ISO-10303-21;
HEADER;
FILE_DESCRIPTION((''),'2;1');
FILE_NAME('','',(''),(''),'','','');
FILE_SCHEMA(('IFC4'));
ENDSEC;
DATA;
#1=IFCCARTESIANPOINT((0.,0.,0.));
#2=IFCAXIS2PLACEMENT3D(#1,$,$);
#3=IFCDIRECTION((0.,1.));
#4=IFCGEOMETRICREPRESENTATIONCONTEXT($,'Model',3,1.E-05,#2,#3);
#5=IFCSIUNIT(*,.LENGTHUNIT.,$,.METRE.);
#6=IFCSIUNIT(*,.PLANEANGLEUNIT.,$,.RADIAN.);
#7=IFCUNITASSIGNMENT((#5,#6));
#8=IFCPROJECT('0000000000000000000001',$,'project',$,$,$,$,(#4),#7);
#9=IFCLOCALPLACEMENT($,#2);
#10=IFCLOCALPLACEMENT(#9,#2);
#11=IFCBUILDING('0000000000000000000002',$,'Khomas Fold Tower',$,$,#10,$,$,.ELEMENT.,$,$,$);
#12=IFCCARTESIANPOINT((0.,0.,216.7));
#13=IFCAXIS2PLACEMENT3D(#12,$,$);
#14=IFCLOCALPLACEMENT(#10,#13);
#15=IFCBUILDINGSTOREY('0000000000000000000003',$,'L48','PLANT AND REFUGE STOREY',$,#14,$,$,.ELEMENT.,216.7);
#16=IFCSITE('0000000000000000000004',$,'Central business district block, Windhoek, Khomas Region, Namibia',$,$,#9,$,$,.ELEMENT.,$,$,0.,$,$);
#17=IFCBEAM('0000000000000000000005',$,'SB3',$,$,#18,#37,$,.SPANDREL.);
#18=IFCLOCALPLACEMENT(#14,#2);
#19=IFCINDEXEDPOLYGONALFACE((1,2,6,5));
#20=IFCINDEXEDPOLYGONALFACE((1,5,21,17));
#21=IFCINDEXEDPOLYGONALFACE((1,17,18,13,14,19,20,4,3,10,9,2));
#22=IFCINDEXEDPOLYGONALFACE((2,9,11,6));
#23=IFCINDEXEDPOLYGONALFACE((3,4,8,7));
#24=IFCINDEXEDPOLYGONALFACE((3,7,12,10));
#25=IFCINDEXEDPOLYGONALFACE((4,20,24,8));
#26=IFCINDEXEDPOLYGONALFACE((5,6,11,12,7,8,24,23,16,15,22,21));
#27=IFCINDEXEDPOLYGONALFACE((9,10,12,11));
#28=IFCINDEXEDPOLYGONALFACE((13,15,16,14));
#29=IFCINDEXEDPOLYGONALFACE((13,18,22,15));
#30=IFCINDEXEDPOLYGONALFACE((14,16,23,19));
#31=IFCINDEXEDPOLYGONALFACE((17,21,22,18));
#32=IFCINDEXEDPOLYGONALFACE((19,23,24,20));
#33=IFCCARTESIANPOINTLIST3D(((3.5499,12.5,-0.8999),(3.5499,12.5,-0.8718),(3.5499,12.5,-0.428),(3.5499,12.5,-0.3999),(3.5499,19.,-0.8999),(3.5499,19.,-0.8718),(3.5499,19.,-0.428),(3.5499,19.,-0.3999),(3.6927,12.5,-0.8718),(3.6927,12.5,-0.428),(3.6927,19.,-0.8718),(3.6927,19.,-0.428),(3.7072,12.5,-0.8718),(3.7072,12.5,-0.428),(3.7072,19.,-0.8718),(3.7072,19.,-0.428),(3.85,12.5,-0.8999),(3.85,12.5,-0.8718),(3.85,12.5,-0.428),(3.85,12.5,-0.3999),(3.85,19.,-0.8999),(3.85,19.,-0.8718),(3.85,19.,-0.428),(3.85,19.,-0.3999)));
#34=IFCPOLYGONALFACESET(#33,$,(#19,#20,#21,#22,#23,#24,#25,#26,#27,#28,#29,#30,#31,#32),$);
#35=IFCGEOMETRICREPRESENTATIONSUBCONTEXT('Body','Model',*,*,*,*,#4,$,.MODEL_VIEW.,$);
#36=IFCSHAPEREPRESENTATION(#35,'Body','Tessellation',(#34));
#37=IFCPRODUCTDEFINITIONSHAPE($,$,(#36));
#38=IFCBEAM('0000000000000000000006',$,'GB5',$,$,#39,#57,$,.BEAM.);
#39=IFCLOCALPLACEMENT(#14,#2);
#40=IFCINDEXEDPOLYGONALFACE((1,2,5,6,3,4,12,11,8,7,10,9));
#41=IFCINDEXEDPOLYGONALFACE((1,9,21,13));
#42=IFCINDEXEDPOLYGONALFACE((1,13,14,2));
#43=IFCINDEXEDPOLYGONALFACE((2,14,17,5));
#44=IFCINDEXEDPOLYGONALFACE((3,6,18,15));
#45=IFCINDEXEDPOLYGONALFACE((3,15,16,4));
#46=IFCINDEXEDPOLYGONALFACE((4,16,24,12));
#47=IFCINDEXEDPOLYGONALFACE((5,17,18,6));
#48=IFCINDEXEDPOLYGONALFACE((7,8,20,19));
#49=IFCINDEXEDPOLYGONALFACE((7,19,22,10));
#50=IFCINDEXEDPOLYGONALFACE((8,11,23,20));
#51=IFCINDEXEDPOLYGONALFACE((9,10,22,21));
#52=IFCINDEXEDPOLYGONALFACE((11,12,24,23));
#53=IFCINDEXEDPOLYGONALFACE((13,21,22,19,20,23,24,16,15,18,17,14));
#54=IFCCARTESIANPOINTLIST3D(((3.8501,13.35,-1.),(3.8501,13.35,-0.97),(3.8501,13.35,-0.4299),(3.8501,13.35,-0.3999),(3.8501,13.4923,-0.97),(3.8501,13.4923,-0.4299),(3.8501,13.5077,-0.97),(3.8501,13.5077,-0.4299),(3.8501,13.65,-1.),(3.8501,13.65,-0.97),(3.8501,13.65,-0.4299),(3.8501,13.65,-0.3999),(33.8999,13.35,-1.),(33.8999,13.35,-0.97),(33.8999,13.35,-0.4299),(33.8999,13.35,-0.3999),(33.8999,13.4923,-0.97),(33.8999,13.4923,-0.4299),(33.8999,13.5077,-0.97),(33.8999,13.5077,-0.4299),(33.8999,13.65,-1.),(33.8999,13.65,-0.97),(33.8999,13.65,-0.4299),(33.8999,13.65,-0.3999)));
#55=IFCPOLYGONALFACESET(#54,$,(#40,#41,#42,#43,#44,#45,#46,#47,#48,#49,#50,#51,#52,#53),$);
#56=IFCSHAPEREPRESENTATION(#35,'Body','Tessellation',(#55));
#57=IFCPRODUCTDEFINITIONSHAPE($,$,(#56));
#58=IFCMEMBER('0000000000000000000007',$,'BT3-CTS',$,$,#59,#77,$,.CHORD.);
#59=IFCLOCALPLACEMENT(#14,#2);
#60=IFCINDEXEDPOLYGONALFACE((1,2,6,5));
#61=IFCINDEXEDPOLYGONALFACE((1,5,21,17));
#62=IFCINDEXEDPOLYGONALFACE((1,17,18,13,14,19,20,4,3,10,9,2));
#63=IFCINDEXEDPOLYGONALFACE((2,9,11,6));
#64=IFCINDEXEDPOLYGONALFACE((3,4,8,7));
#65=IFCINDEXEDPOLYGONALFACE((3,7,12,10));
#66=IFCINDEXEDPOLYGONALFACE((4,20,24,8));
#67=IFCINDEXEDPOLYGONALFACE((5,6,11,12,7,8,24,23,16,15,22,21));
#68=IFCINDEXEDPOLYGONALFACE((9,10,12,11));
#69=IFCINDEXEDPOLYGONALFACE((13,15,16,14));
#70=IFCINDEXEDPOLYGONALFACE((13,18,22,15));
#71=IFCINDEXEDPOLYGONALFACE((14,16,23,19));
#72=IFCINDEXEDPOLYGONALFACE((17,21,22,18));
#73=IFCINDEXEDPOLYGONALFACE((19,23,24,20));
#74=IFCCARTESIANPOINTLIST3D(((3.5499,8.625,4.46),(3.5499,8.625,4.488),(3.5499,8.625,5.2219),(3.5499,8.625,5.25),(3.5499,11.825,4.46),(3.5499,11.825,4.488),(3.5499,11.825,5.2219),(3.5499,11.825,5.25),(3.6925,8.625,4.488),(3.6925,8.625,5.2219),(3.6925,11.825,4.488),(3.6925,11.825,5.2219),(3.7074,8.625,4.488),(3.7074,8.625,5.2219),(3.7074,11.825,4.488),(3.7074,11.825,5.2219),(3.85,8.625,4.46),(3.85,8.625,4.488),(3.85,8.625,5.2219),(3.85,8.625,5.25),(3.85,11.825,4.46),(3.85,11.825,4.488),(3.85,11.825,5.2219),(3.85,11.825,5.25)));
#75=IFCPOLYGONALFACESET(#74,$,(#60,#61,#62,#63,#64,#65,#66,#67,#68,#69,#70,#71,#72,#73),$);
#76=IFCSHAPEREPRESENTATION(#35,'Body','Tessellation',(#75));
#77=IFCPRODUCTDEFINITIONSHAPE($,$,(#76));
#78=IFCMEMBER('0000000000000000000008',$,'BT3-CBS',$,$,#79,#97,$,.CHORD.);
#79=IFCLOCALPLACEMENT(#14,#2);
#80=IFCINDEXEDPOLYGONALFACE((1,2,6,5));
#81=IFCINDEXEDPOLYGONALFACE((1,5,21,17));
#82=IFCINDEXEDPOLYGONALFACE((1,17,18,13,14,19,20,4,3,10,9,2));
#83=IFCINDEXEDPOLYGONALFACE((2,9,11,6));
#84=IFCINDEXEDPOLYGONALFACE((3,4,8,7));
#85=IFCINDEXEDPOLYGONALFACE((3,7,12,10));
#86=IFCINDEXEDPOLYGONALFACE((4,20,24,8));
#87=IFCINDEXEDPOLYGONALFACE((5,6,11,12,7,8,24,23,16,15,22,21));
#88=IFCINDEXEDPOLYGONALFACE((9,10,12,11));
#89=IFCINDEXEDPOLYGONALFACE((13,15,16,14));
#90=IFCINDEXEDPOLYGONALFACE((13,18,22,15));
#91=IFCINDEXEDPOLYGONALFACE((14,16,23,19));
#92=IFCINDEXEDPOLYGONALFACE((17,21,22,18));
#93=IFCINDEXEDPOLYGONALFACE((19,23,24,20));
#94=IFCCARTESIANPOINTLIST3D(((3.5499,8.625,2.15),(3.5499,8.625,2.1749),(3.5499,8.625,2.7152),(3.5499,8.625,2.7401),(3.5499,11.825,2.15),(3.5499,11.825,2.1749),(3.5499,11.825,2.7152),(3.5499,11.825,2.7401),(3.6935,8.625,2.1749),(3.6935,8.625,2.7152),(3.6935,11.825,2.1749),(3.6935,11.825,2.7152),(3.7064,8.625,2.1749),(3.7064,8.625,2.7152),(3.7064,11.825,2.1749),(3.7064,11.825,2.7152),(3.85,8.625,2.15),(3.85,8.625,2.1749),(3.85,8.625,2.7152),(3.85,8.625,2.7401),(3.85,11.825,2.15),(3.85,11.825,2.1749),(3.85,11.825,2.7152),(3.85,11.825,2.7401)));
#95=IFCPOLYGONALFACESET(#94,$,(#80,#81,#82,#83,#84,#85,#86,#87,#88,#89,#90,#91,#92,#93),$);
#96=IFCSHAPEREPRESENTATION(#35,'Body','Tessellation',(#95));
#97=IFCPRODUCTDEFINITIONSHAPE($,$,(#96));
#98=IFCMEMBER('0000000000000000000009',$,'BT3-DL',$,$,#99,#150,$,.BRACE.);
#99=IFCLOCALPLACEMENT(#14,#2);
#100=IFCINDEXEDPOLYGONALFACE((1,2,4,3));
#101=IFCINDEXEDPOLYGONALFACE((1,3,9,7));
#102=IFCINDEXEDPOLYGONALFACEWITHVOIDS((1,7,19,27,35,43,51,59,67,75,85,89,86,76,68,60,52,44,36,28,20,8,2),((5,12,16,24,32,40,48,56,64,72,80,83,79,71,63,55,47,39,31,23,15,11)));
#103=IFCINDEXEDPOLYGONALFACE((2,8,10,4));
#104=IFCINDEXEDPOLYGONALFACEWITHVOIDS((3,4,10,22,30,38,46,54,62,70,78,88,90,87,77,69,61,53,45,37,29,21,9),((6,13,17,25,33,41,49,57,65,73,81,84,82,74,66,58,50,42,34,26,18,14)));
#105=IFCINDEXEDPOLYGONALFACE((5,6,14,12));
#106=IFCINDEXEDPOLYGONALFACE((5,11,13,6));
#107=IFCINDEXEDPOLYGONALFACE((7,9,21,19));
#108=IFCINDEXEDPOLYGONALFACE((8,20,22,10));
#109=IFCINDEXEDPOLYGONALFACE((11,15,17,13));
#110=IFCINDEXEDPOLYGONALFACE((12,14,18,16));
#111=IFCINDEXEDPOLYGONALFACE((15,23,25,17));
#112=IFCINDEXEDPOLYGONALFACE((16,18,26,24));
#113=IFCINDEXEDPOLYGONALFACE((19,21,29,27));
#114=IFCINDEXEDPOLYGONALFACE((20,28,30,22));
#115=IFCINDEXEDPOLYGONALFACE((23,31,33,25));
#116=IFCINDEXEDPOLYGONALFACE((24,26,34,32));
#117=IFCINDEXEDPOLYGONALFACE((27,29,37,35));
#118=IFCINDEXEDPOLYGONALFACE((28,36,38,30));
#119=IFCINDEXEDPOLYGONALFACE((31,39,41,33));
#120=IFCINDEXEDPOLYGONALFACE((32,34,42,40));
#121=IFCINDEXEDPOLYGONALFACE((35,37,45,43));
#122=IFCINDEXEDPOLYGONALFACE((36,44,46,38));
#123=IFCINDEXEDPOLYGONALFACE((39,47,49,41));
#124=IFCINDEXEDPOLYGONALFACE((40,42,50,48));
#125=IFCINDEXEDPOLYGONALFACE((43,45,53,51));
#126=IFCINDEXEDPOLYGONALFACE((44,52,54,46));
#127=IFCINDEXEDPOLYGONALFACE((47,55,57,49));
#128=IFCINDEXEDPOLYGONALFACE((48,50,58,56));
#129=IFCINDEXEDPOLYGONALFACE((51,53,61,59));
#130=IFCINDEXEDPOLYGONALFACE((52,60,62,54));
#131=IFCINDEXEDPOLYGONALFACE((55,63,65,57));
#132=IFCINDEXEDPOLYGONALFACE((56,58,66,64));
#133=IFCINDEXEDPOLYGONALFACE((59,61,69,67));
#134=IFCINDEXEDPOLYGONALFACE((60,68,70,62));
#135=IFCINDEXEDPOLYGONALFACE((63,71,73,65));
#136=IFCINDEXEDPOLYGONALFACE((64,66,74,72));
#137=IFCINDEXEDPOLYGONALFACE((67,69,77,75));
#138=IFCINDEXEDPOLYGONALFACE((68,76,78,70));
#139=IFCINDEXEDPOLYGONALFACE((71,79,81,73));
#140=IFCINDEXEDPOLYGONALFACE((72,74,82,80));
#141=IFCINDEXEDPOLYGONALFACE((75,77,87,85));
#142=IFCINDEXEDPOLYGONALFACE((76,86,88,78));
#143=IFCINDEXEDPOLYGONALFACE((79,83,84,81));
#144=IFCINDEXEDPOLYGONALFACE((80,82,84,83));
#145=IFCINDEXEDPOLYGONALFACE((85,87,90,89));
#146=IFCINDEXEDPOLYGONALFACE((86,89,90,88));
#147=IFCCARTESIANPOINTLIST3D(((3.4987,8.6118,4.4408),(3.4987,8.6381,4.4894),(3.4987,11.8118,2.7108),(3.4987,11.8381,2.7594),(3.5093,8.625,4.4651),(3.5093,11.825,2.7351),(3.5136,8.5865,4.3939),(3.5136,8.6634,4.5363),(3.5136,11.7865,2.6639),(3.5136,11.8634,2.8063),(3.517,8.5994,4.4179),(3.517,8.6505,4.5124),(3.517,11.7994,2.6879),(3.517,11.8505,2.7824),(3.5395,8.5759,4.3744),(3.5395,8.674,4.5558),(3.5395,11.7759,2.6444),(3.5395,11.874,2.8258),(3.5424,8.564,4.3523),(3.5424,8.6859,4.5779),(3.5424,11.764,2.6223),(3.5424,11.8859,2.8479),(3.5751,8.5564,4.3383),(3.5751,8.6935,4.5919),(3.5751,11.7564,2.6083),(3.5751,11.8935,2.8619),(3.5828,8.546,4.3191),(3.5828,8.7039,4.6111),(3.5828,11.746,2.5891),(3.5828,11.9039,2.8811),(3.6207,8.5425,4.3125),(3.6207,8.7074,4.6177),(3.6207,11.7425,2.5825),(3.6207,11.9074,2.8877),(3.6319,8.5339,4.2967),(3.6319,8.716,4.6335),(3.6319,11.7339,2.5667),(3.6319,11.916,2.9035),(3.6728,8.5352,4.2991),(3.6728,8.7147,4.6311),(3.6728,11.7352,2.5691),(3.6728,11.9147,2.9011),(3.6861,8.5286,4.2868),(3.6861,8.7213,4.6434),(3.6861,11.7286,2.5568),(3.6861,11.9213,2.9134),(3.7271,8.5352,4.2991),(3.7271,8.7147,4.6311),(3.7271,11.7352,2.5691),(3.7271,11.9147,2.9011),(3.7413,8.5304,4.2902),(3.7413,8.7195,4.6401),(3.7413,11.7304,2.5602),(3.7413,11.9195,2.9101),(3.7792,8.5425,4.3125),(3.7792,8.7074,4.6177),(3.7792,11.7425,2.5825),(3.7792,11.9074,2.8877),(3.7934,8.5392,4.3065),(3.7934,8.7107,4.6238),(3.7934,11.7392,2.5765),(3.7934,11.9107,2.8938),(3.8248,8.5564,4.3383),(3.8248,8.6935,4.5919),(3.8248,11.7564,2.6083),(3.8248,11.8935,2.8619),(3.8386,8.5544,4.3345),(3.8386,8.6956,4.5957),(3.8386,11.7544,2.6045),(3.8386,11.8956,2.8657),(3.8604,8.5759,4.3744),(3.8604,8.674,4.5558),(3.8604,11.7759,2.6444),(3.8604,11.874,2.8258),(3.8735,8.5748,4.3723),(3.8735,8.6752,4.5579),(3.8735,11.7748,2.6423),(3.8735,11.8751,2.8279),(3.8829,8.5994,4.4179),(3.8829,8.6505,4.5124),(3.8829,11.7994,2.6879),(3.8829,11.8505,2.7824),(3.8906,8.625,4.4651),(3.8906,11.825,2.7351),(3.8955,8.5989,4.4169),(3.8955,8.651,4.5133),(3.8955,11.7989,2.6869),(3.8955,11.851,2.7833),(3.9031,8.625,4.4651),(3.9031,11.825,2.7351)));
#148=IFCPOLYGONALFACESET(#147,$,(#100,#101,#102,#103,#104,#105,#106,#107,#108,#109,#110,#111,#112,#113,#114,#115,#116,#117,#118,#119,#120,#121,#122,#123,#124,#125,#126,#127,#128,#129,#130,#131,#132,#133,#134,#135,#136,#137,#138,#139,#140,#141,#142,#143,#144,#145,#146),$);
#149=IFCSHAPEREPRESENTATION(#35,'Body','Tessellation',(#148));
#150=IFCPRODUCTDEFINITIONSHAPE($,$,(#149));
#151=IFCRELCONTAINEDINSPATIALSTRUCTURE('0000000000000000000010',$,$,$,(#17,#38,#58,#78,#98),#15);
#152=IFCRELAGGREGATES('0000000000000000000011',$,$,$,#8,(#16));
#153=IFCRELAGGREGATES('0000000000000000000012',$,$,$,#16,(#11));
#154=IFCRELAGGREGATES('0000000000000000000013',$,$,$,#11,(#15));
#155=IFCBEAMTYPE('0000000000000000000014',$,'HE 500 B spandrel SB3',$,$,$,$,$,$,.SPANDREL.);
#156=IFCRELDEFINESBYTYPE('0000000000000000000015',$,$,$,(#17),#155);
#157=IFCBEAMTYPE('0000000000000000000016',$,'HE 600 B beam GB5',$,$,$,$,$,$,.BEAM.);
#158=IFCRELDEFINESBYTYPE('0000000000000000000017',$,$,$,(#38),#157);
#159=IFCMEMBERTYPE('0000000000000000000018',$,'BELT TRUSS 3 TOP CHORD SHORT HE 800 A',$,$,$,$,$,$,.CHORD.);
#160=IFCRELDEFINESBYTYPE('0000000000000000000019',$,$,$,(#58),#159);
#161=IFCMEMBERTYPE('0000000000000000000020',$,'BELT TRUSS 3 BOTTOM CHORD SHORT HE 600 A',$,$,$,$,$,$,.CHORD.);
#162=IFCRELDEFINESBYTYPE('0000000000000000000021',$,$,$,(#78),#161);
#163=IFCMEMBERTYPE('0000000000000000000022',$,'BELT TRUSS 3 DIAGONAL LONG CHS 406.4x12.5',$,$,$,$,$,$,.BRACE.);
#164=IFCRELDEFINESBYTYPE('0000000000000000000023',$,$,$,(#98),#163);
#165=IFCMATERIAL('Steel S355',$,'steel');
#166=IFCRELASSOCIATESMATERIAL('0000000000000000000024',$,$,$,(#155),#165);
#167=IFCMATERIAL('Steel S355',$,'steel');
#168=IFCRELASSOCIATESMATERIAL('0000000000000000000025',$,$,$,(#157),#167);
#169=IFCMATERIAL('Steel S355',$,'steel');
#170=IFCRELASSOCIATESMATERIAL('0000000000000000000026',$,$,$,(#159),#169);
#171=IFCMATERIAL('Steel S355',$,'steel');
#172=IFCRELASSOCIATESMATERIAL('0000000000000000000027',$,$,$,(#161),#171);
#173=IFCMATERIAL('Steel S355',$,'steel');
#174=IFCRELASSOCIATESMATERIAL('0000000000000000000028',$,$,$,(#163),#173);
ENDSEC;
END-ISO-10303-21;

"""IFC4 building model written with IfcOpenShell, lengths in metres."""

from ifc_helpers import new_model, si_unit, direction, frame, origin, origin_2d, place, context, subcontext, project, spatial, hollow_circle, i_section, extrude, source, transform, mapped, material, material_profile, profile_set, type_object, element, save


model = new_model("IFC4")

# Units and contexts
model_context = context("Model", 3, precision=1e-05, world=origin(), true_north=direction((0.0, 1.0)))
body_context = subcontext(model_context, "Body", "Model", "MODEL_VIEW")
ifc_project = project(units=[si_unit("LENGTHUNIT", "METRE"), si_unit("PLANEANGLEUNIT", "RADIAN")], contexts=[model_context])

# Site, building, storey
site_placement = place(None, origin())
site = spatial("IfcSite", under=ifc_project, at=site_placement, Name="Central business district block, Windhoek, Khomas Region, Namibia", CompositionType="ELEMENT", RefElevation=0.0)
building_placement = place(site_placement, origin())
building = spatial("IfcBuilding", under=site, at=building_placement, Name="Khomas Fold Tower", CompositionType="ELEMENT")
storey_placement = place(building_placement, frame((0.0, 0.0, 216.7)))
storey = spatial("IfcBuildingStorey", under=building, at=storey_placement, Name="L48", Description="PLANT AND REFUGE STOREY", CompositionType="ELEMENT", Elevation=216.7)

# Beams
ifc_material_1 = material(Name="Steel S355", Category="steel")
ifc_material_profile_1 = material_profile(ifc_material_1, i_section(OverallWidth=0.3, OverallDepth=0.5, WebThickness=0.0144, FlangeThickness=0.0281, at=origin_2d()), Name="HE 500 B")
ifc_profile_set_1 = profile_set([ifc_material_profile_1], Name="Steel S355")
beam_type_1 = type_object("IfcBeamType", Name="HE 500 B spandrel SB3", PredefinedType="SPANDREL", material=ifc_profile_set_1)
shared_shape_1 = source(origin(), body_context, "Body", "SweptSolid", [
    extrude(i_section(OverallWidth=0.3, OverallDepth=0.5, WebThickness=0.0144, FlangeThickness=0.0281, at=origin_2d()), origin(), (0.0, 0.0, 1.0), 6.5),
])
beam_1_placement = place(storey_placement, frame((3.7, 12.5, -0.6499), z_axis=(0.0, 1.0, 0.0), x_axis=(-1.0, 0.0, 0.0)))
element("IfcBeam", 1, at=beam_1_placement, inside=storey, type_object=beam_type_1, Name="SB3", PredefinedType="SPANDREL", context=body_context, shape_type="MappedRepresentation", body=[
    mapped(shared_shape_1, transform((0.0, 0.0, 0.0))),
])
ifc_material_2 = material(Name="Steel S355", Category="steel")
ifc_material_profile_2 = material_profile(ifc_material_2, i_section(OverallWidth=0.3, OverallDepth=0.6001, WebThickness=0.0154, FlangeThickness=0.03, at=origin_2d()), Name="HE 600 B")
ifc_profile_set_2 = profile_set([ifc_material_profile_2], Name="Steel S355")
beam_type_2 = type_object("IfcBeamType", Name="HE 600 B beam GB5", PredefinedType="BEAM", material=ifc_profile_set_2)
shared_shape_2 = source(origin(), body_context, "Body", "SweptSolid", [
    extrude(i_section(OverallWidth=0.3, OverallDepth=0.6001, WebThickness=0.0154, FlangeThickness=0.03, at=origin_2d()), origin(), (0.0, 0.0, 1.0), 30.0498),
])
beam_2_placement = place(storey_placement, frame((3.8501, 13.5, -0.7), z_axis=(1.0, 0.0, 0.0), x_axis=(0.0, 1.0, 0.0)))
element("IfcBeam", 2, at=beam_2_placement, inside=storey, type_object=beam_type_2, Name="GB5", PredefinedType="BEAM", context=body_context, shape_type="MappedRepresentation", body=[
    mapped(shared_shape_2, transform((0.0, 0.0, 0.0))),
])

# Members
ifc_material_3 = material(Name="Steel S355", Category="steel")
ifc_material_profile_3 = material_profile(ifc_material_3, i_section(OverallWidth=0.3, OverallDepth=0.79, WebThickness=0.0149, FlangeThickness=0.0281, at=origin_2d()), Name="HE 800 A")
ifc_profile_set_3 = profile_set([ifc_material_profile_3], Name="Steel S355")
member_type_1 = type_object("IfcMemberType", Name="BELT TRUSS 3 TOP CHORD SHORT HE 800 A", PredefinedType="CHORD", material=ifc_profile_set_3)
shared_shape_3 = source(origin(), body_context, "Body", "SweptSolid", [
    extrude(i_section(OverallWidth=0.3, OverallDepth=0.79, WebThickness=0.0149, FlangeThickness=0.0281, at=origin_2d()), origin(), (0.0, 0.0, 1.0), 3.2),
])
member_1_placement = place(storey_placement, frame((3.7, 11.825, 4.855), z_axis=(0.0, -1.0, 0.0), x_axis=(1.0, 0.0, 0.0)))
element("IfcMember", 3, at=member_1_placement, inside=storey, type_object=member_type_1, Name="BT3-CTS", PredefinedType="CHORD", context=body_context, shape_type="MappedRepresentation", body=[
    mapped(shared_shape_3, transform((0.0, 0.0, 0.0))),
])
ifc_material_4 = material(Name="Steel S355", Category="steel")
ifc_material_profile_4 = material_profile(ifc_material_4, i_section(OverallWidth=0.3, OverallDepth=0.5901, WebThickness=0.0129, FlangeThickness=0.0249, at=origin_2d()), Name="HE 600 A")
ifc_profile_set_4 = profile_set([ifc_material_profile_4], Name="Steel S355")
member_type_2 = type_object("IfcMemberType", Name="BELT TRUSS 3 BOTTOM CHORD SHORT HE 600 A", PredefinedType="CHORD", material=ifc_profile_set_4)
shared_shape_4 = source(origin(), body_context, "Body", "SweptSolid", [
    extrude(i_section(OverallWidth=0.3, OverallDepth=0.5901, WebThickness=0.0129, FlangeThickness=0.0249, at=origin_2d()), origin(), (0.0, 0.0, 1.0), 3.2),
])
member_2_placement = place(storey_placement, frame((3.7, 11.825, 2.4451), z_axis=(0.0, -1.0, 0.0), x_axis=(1.0, 0.0, 0.0)))
element("IfcMember", 4, at=member_2_placement, inside=storey, type_object=member_type_2, Name="BT3-CBS", PredefinedType="CHORD", context=body_context, shape_type="MappedRepresentation", body=[
    mapped(shared_shape_4, transform((0.0, 0.0, 0.0))),
])
ifc_material_5 = material(Name="Steel S355", Category="steel")
ifc_material_profile_5 = material_profile(ifc_material_5, hollow_circle(Radius=0.2031, WallThickness=0.0125, at=origin_2d()), Name="CHS 406.4x12.5")
ifc_profile_set_5 = profile_set([ifc_material_profile_5], Name="Steel S355")
member_type_3 = type_object("IfcMemberType", Name="BELT TRUSS 3 DIAGONAL LONG CHS 406.4x12.5", PredefinedType="BRACE", material=ifc_profile_set_5)
shared_shape_5 = source(origin(), body_context, "Body", "SweptSolid", [
    extrude(hollow_circle(Radius=0.2031, WallThickness=0.0125, at=origin_2d()), origin(), (0.0, 0.0, 1.0), 3.6377),
])
member_3_placement = place(storey_placement, frame((3.7, 11.825, 2.7351), z_axis=(0.0, -0.879675, 0.475576), x_axis=(1.0, 0.0, 0.0)))
element("IfcMember", 5, at=member_3_placement, inside=storey, type_object=member_type_3, Name="BT3-DL", PredefinedType="BRACE", context=body_context, shape_type="MappedRepresentation", body=[
    mapped(shared_shape_5, transform((0.0, 0.0, 0.0))),
])

save(model, "model.ifc")
